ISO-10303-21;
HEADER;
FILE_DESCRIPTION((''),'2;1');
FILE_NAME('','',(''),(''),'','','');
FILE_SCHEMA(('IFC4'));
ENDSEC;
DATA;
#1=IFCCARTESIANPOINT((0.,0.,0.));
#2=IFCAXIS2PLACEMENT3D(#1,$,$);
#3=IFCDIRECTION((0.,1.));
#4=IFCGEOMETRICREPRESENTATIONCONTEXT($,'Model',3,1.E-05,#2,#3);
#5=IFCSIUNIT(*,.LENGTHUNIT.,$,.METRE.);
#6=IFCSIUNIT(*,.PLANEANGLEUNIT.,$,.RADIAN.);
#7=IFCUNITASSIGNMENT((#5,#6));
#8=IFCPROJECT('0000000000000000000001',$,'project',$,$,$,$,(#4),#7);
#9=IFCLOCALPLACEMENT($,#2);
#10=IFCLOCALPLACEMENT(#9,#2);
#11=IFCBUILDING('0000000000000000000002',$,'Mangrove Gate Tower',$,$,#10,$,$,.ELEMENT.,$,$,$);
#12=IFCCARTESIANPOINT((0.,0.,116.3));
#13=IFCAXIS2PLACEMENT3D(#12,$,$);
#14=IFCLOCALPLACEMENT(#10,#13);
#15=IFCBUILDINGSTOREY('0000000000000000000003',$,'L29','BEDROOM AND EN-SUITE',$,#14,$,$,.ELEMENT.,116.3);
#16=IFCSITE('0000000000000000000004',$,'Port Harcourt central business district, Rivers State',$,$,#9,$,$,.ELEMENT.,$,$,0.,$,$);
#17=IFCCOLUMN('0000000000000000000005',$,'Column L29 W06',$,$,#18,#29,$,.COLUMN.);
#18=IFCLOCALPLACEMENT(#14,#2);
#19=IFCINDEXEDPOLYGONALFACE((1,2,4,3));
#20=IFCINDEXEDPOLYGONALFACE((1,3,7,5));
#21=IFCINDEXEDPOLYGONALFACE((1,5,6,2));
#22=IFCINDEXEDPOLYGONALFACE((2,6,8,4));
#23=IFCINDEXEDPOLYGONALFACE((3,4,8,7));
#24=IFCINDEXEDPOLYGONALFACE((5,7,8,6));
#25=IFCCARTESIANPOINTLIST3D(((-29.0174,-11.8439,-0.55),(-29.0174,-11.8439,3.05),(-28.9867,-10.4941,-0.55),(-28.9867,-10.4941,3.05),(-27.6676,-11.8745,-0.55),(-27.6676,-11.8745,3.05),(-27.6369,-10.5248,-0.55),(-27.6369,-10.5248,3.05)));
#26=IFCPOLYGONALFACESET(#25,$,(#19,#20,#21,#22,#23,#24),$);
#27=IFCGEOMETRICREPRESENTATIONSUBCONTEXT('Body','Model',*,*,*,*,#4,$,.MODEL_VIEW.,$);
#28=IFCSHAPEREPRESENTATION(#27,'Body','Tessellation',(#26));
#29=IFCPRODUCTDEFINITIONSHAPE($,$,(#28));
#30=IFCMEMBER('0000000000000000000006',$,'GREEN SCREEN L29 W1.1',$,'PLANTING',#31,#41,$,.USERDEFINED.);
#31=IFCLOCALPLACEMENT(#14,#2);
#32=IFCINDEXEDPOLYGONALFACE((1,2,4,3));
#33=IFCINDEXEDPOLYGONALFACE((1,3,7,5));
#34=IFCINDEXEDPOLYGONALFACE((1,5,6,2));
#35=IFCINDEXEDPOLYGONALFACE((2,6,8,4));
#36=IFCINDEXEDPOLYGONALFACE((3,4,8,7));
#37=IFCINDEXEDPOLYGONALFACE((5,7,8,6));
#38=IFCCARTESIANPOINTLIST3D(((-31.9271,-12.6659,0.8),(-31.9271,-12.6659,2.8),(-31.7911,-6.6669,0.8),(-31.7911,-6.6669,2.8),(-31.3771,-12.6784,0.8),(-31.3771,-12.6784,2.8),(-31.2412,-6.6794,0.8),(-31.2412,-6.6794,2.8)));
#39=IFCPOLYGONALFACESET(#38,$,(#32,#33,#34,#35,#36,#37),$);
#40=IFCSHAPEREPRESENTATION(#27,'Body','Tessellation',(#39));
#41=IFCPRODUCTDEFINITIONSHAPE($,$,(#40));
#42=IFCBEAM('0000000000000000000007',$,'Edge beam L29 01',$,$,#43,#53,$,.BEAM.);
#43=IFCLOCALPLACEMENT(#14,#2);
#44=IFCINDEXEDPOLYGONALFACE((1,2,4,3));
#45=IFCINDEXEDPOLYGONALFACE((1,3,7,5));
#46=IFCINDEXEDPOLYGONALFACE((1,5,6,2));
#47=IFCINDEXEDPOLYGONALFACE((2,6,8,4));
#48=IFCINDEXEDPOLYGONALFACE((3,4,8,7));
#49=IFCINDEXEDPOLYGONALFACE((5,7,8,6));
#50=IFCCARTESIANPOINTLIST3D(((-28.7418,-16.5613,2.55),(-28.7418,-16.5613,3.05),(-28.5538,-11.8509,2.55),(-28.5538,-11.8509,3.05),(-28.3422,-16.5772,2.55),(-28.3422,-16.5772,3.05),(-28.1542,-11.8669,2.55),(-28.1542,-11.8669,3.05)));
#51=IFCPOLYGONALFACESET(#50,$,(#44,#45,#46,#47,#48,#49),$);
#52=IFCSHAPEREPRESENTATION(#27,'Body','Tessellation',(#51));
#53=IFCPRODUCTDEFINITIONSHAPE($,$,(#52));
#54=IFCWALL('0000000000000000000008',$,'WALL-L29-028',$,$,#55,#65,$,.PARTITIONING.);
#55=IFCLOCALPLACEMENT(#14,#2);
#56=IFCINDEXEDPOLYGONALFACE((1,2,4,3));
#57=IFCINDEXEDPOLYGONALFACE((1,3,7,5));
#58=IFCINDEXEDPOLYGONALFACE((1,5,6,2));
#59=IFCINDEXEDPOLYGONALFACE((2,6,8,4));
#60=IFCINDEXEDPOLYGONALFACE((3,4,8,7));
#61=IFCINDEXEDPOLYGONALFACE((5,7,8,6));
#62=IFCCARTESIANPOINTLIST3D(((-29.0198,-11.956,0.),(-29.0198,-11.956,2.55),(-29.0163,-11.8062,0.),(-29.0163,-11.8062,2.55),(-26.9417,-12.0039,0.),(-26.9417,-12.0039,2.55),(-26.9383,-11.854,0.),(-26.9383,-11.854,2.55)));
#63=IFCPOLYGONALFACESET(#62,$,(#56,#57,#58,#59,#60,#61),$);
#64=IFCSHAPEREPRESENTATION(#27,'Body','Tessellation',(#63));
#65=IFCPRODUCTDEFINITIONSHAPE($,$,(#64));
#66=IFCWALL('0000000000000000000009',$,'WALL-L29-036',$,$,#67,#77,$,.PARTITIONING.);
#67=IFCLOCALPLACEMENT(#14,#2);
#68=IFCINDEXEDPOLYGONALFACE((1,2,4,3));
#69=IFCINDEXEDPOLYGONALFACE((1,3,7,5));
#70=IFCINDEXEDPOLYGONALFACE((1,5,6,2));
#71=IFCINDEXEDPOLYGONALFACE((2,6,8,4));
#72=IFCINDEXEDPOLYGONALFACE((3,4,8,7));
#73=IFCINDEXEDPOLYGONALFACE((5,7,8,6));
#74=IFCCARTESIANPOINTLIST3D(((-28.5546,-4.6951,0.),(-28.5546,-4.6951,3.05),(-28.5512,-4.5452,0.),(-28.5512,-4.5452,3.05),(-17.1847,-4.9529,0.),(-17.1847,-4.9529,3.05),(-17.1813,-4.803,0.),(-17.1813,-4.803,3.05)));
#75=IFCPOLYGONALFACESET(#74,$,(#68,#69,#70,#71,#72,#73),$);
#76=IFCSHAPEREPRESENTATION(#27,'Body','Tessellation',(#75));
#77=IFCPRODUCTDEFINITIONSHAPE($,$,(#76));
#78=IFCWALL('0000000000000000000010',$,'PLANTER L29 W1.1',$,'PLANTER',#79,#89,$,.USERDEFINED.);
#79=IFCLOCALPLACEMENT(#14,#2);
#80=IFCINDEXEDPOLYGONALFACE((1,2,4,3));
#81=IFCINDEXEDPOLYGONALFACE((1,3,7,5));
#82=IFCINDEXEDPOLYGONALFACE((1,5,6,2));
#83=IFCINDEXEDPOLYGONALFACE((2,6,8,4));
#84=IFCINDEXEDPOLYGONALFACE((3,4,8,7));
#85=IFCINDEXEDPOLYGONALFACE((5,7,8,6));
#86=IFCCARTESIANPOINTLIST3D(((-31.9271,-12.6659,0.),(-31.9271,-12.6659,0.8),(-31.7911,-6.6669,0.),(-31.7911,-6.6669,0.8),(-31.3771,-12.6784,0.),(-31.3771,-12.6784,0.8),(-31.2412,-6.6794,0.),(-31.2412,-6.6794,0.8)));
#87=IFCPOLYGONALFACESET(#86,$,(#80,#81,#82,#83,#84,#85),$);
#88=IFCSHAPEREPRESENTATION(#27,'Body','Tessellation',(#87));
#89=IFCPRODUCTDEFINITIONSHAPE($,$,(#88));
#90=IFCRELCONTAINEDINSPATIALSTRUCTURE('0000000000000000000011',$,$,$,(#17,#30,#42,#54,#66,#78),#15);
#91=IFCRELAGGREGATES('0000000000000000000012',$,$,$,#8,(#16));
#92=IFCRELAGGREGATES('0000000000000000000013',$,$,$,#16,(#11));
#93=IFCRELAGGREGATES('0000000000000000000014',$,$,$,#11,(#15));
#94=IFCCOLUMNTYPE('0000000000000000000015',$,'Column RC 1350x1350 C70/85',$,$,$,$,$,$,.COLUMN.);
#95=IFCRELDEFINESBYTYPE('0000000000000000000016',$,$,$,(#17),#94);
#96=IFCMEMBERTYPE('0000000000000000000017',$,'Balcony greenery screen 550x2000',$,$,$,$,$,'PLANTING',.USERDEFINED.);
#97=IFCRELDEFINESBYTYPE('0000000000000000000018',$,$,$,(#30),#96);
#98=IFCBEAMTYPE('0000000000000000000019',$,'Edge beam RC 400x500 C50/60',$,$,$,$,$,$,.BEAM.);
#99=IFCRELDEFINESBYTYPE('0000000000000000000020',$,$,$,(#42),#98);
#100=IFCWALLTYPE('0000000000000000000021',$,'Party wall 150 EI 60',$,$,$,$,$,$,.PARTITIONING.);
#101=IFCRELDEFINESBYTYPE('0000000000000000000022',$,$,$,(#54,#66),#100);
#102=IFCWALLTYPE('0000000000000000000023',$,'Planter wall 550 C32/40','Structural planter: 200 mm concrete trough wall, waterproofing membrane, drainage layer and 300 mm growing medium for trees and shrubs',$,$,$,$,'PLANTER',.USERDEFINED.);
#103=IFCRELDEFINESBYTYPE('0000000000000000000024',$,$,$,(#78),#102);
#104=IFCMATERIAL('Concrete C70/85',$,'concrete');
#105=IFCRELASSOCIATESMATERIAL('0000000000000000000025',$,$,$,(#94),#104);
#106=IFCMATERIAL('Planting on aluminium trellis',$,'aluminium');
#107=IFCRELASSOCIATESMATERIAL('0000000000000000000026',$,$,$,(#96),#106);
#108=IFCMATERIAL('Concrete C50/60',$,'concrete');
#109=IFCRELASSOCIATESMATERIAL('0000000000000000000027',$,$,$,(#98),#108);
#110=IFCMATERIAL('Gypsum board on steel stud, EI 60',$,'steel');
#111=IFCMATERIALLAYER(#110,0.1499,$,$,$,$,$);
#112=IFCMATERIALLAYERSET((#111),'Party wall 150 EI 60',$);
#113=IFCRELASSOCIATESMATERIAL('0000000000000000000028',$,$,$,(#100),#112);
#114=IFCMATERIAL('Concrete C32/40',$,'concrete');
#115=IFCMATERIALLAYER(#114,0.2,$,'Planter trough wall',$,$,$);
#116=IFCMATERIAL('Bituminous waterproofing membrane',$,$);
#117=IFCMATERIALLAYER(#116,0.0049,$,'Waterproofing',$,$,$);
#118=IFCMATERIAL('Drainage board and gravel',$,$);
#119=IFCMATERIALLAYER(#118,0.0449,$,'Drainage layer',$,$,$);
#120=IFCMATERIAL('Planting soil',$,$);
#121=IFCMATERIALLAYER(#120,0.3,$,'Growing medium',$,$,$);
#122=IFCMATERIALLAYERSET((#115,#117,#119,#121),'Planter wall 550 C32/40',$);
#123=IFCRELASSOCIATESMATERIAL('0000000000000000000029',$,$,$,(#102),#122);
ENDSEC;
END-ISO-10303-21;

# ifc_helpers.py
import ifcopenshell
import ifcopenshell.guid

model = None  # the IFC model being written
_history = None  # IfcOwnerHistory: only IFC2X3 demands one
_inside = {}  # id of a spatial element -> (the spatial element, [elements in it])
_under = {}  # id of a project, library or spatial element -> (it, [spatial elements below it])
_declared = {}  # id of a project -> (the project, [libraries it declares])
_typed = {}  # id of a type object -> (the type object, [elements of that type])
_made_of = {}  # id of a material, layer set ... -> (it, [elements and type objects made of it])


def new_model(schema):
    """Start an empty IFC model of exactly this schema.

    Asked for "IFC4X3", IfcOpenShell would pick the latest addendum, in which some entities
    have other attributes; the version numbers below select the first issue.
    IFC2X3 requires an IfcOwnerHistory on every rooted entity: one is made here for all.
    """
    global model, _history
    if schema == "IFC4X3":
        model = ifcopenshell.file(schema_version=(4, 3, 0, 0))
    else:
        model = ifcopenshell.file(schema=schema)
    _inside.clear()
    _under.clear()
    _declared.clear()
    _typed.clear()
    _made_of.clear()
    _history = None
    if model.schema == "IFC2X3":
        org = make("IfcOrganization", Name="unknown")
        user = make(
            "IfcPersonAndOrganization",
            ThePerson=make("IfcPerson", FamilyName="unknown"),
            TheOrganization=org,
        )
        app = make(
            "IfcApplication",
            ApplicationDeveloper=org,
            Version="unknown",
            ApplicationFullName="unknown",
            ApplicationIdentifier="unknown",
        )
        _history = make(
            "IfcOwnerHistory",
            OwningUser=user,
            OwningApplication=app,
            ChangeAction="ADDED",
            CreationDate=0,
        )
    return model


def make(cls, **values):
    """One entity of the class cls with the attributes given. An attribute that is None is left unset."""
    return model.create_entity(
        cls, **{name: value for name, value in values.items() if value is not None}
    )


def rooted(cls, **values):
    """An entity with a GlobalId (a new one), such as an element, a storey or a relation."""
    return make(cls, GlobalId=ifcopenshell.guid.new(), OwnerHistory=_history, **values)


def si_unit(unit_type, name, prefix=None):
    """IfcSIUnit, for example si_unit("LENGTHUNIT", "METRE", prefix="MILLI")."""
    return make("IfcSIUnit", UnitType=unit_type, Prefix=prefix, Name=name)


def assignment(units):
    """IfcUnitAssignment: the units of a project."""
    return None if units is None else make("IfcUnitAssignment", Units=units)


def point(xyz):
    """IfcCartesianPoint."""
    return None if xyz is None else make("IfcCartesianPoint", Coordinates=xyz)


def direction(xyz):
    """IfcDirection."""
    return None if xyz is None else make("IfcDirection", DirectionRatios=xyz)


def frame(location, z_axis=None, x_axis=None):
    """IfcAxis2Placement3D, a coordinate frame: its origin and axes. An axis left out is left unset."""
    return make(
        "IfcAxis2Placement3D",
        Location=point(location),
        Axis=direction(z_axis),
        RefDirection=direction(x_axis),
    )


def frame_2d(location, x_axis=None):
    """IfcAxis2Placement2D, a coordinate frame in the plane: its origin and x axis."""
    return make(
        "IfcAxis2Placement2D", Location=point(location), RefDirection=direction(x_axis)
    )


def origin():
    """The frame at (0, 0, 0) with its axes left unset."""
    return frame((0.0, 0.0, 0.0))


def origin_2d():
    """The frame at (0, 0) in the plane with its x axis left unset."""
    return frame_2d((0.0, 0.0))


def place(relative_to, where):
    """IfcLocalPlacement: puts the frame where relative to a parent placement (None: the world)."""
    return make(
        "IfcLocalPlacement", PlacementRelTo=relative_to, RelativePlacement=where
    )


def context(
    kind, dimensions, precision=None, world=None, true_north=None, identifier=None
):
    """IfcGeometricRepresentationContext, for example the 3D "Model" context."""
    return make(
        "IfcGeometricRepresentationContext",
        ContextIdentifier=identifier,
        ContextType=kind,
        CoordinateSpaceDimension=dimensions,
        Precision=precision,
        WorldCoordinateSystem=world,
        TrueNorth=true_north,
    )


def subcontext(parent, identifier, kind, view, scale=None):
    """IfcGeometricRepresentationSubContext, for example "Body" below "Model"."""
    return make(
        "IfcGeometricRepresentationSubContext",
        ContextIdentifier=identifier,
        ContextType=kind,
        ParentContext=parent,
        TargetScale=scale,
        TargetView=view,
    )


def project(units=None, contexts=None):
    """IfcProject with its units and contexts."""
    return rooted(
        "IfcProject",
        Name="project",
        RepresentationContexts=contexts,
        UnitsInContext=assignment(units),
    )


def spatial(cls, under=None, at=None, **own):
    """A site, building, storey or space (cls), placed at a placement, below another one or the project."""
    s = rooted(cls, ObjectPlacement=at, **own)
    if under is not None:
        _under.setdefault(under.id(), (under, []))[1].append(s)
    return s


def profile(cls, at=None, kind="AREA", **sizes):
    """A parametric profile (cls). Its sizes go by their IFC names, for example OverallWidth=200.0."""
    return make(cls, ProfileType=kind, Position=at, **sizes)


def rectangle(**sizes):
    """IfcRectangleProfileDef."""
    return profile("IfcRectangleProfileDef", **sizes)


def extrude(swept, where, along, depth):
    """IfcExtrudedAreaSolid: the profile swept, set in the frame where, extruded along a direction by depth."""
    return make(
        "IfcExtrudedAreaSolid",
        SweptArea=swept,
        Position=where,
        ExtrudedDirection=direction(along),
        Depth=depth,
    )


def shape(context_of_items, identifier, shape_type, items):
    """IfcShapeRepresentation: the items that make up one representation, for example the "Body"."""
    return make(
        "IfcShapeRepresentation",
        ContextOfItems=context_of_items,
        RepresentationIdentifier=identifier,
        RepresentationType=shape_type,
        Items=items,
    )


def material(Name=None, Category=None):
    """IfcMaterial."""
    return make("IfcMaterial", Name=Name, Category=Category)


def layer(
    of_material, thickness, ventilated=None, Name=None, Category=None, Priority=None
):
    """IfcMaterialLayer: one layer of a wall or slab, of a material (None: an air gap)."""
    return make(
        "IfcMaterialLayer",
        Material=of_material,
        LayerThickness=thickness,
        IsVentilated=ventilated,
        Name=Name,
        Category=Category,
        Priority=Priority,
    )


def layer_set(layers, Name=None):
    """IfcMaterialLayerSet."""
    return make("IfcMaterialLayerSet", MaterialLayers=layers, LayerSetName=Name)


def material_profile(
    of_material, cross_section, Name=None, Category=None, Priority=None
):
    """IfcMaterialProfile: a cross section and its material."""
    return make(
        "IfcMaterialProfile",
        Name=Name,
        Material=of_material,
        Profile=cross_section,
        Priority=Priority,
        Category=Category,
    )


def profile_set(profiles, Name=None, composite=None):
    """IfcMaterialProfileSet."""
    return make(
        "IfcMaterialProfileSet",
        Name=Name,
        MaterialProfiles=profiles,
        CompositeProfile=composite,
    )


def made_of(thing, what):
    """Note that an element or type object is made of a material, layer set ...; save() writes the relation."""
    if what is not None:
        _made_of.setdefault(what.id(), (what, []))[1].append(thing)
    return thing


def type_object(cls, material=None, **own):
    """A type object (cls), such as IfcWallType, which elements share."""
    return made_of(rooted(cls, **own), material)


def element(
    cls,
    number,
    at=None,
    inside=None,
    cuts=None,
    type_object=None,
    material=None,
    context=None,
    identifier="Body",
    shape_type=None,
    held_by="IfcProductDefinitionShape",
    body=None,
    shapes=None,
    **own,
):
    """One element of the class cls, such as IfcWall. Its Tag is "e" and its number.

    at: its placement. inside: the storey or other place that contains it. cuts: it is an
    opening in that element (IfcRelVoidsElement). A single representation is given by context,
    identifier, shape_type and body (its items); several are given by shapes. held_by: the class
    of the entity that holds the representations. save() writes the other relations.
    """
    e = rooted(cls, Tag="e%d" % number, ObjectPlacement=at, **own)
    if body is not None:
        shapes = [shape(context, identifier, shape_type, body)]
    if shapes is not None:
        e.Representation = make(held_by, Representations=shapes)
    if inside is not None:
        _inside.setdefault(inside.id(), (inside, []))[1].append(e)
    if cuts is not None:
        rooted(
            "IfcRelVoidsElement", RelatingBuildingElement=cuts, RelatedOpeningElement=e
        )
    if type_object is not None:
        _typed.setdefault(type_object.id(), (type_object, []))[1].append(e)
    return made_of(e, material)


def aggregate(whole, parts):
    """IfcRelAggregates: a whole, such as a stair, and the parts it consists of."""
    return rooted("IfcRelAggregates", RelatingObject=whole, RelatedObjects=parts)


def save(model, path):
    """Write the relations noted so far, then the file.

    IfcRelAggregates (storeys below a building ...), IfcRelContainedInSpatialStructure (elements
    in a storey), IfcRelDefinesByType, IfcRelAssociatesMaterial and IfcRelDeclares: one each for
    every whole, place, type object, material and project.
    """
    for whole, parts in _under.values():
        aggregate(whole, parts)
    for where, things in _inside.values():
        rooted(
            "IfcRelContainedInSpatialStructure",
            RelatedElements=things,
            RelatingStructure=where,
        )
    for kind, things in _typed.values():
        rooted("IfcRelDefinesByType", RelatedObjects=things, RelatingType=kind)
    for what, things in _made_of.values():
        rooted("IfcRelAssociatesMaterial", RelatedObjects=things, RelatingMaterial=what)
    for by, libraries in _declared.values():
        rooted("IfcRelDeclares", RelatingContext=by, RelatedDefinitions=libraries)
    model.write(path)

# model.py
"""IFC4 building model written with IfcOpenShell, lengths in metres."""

from ifc_helpers import new_model, si_unit, direction, frame, frame_2d, origin, origin_2d, place, context, subcontext, project, spatial, rectangle, extrude, material, layer, layer_set, material_profile, profile_set, type_object, element, save


model = new_model("IFC4")

# Units and contexts
model_context = context("Model", 3, precision=1e-05, world=origin(), true_north=direction((0.0, 1.0)))
body_context = subcontext(model_context, "Body", "Model", "MODEL_VIEW")
ifc_project = project(units=[si_unit("LENGTHUNIT", "METRE"), si_unit("PLANEANGLEUNIT", "RADIAN")], contexts=[model_context])

# Site, building, storey
site_placement = place(None, origin())
site = spatial("IfcSite", under=ifc_project, at=site_placement, Name="Port Harcourt central business district, Rivers State", CompositionType="ELEMENT", RefElevation=0.0)
building_placement = place(site_placement, origin())
building = spatial("IfcBuilding", under=site, at=building_placement, Name="Mangrove Gate Tower", CompositionType="ELEMENT")
storey_placement = place(building_placement, frame((0.0, 0.0, 116.3)))
storey = spatial("IfcBuildingStorey", under=building, at=storey_placement, Name="L29", Description="BEDROOM AND EN-SUITE", CompositionType="ELEMENT", Elevation=116.3)

# Column
ifc_material_1 = material(Name="Concrete C70/85", Category="concrete")
ifc_material_profile_1 = material_profile(ifc_material_1, rectangle(XDim=1.3501, YDim=1.3501, at=origin_2d()))
ifc_profile_set_1 = profile_set([ifc_material_profile_1], Name="Concrete C70/85")
column_type = type_object("IfcColumnType", Name="Column RC 1350x1350 C70/85", PredefinedType="COLUMN", material=ifc_profile_set_1)
column_placement = place(storey_placement, frame((-28.3271, -11.1843, -0.55), z_axis=(0.0, 0.0, 1.0), x_axis=(-0.022706, -0.999742, 0.0)))
element("IfcColumn", 1, at=column_placement, inside=storey, type_object=column_type, Name="Column L29 W06", PredefinedType="COLUMN", context=body_context, shape_type="SweptSolid", body=[
    extrude(rectangle(XDim=1.3501, YDim=1.3501, at=origin_2d()), origin(), (0.0, 0.0, 1.0), 3.6001),
])

# Member
ifc_material_2 = material(Name="Planting on aluminium trellis", Category="aluminium")
ifc_material_profile_2 = material_profile(ifc_material_2, rectangle(XDim=0.55, YDim=2.0, at=origin_2d()))
ifc_profile_set_2 = profile_set([ifc_material_profile_2], Name="Planting on aluminium trellis")
member_type = type_object("IfcMemberType", Name="Balcony greenery screen 550x2000", ElementType="PLANTING", PredefinedType="USERDEFINED", material=ifc_profile_set_2)
member_placement = place(storey_placement, frame((-31.6521, -12.6721, 1.8), z_axis=(0.022662, 0.999743, 0.0), x_axis=(-0.999743, 0.022662, 0.0)))
element("IfcMember", 2, at=member_placement, inside=storey, type_object=member_type, Name="GREEN SCREEN L29 W1.1", ObjectType="PLANTING", PredefinedType="USERDEFINED", context=body_context, shape_type="SweptSolid", body=[
    extrude(rectangle(XDim=0.55, YDim=2.0, at=origin_2d()), origin(), (0.0, 0.0, 1.0), 6.0005),
])

# Beam
ifc_material_3 = material(Name="Concrete C50/60", Category="concrete")
ifc_material_profile_3 = material_profile(ifc_material_3, rectangle(XDim=0.3999, YDim=0.5, at=origin_2d()))
ifc_profile_set_3 = profile_set([ifc_material_profile_3], Name="Concrete C50/60")
beam_type = type_object("IfcBeamType", Name="Edge beam RC 400x500 C50/60", PredefinedType="BEAM", material=ifc_profile_set_3)
beam_placement = place(storey_placement, frame((-28.354, -11.8589, 2.8), z_axis=(-0.039877, -0.999205, 0.0), x_axis=(0.999205, -0.039877, 0.0)))
element("IfcBeam", 3, at=beam_placement, inside=storey, type_object=beam_type, Name="Edge beam L29 01", PredefinedType="BEAM", context=body_context, shape_type="SweptSolid", body=[
    extrude(rectangle(XDim=0.3999, YDim=0.5, at=origin_2d()), origin(), (0.0, 0.0, 1.0), 4.7141),
])

# Walls
ifc_material_4 = material(Name="Gypsum board on steel stud, EI 60", Category="steel")
ifc_layer_1 = layer(ifc_material_4, 0.1499)
ifc_layer_set_1 = layer_set([ifc_layer_1], Name="Party wall 150 EI 60")
wall_type_1 = type_object("IfcWallType", Name="Party wall 150 EI 60", PredefinedType="PARTITIONING", material=ifc_layer_set_1)
wall_1_placement = place(storey_placement, frame((-29.0181, -11.8811, 0.0), z_axis=(0.0, 0.0, 1.0), x_axis=(0.999735, -0.02302, 0.0)))
element("IfcWall", 4, at=wall_1_placement, inside=storey, type_object=wall_type_1, Name="WALL-L29-028", PredefinedType="PARTITIONING", context=body_context, shape_type="SweptSolid", body=[
    extrude(rectangle(XDim=2.0786, YDim=0.1499, at=frame_2d((1.0393, 0.0))), origin(), (0.0, 0.0, 1.0), 2.55),
])
wall_2_placement = place(storey_placement, frame((-28.553, -4.6201, 0.0), z_axis=(0.0, 0.0, 1.0), x_axis=(0.999743, -0.022669, 0.0)))
element("IfcWall", 5, at=wall_2_placement, inside=storey, type_object=wall_type_1, Name="WALL-L29-036", PredefinedType="PARTITIONING", context=body_context, shape_type="SweptSolid", body=[
    extrude(rectangle(XDim=11.3728, YDim=0.1499, at=frame_2d((5.6865, 0.0))), origin(), (0.0, 0.0, 1.0), 3.05),
])
ifc_material_5 = material(Name="Concrete C32/40", Category="concrete")
ifc_layer_2 = layer(ifc_material_5, 0.2, Name="Planter trough wall")
ifc_material_6 = material(Name="Bituminous waterproofing membrane")
ifc_layer_3 = layer(ifc_material_6, 0.0049, Name="Waterproofing")
ifc_material_7 = material(Name="Drainage board and gravel")
ifc_layer_4 = layer(ifc_material_7, 0.0449, Name="Drainage layer")
ifc_material_8 = material(Name="Planting soil")
ifc_layer_5 = layer(ifc_material_8, 0.3, Name="Growing medium")
ifc_layer_set_2 = layer_set([ifc_layer_2, ifc_layer_3, ifc_layer_4, ifc_layer_5], Name="Planter wall 550 C32/40")
wall_type_2 = type_object("IfcWallType", Name="Planter wall 550 C32/40", Description="Structural planter: 200 mm concrete trough wall, waterproofing membrane, drainage layer and 300 mm growing medium for trees and shrubs", ElementType="PLANTER", PredefinedType="USERDEFINED", material=ifc_layer_set_2)
wall_3_placement = place(storey_placement, frame((-31.6521, -12.6721, 0.0), z_axis=(0.0, 0.0, 1.0), x_axis=(0.022662, 0.999743, 0.0)))
element("IfcWall", 6, at=wall_3_placement, inside=storey, type_object=wall_type_2, Name="PLANTER L29 W1.1", ObjectType="PLANTER", PredefinedType="USERDEFINED", context=body_context, shape_type="SweptSolid", body=[
    extrude(rectangle(XDim=6.0005, YDim=0.55, at=frame_2d((3.0002, 0.0))), origin(), (0.0, 0.0, 1.0), 0.8),
])

save(model, "model.ifc")
